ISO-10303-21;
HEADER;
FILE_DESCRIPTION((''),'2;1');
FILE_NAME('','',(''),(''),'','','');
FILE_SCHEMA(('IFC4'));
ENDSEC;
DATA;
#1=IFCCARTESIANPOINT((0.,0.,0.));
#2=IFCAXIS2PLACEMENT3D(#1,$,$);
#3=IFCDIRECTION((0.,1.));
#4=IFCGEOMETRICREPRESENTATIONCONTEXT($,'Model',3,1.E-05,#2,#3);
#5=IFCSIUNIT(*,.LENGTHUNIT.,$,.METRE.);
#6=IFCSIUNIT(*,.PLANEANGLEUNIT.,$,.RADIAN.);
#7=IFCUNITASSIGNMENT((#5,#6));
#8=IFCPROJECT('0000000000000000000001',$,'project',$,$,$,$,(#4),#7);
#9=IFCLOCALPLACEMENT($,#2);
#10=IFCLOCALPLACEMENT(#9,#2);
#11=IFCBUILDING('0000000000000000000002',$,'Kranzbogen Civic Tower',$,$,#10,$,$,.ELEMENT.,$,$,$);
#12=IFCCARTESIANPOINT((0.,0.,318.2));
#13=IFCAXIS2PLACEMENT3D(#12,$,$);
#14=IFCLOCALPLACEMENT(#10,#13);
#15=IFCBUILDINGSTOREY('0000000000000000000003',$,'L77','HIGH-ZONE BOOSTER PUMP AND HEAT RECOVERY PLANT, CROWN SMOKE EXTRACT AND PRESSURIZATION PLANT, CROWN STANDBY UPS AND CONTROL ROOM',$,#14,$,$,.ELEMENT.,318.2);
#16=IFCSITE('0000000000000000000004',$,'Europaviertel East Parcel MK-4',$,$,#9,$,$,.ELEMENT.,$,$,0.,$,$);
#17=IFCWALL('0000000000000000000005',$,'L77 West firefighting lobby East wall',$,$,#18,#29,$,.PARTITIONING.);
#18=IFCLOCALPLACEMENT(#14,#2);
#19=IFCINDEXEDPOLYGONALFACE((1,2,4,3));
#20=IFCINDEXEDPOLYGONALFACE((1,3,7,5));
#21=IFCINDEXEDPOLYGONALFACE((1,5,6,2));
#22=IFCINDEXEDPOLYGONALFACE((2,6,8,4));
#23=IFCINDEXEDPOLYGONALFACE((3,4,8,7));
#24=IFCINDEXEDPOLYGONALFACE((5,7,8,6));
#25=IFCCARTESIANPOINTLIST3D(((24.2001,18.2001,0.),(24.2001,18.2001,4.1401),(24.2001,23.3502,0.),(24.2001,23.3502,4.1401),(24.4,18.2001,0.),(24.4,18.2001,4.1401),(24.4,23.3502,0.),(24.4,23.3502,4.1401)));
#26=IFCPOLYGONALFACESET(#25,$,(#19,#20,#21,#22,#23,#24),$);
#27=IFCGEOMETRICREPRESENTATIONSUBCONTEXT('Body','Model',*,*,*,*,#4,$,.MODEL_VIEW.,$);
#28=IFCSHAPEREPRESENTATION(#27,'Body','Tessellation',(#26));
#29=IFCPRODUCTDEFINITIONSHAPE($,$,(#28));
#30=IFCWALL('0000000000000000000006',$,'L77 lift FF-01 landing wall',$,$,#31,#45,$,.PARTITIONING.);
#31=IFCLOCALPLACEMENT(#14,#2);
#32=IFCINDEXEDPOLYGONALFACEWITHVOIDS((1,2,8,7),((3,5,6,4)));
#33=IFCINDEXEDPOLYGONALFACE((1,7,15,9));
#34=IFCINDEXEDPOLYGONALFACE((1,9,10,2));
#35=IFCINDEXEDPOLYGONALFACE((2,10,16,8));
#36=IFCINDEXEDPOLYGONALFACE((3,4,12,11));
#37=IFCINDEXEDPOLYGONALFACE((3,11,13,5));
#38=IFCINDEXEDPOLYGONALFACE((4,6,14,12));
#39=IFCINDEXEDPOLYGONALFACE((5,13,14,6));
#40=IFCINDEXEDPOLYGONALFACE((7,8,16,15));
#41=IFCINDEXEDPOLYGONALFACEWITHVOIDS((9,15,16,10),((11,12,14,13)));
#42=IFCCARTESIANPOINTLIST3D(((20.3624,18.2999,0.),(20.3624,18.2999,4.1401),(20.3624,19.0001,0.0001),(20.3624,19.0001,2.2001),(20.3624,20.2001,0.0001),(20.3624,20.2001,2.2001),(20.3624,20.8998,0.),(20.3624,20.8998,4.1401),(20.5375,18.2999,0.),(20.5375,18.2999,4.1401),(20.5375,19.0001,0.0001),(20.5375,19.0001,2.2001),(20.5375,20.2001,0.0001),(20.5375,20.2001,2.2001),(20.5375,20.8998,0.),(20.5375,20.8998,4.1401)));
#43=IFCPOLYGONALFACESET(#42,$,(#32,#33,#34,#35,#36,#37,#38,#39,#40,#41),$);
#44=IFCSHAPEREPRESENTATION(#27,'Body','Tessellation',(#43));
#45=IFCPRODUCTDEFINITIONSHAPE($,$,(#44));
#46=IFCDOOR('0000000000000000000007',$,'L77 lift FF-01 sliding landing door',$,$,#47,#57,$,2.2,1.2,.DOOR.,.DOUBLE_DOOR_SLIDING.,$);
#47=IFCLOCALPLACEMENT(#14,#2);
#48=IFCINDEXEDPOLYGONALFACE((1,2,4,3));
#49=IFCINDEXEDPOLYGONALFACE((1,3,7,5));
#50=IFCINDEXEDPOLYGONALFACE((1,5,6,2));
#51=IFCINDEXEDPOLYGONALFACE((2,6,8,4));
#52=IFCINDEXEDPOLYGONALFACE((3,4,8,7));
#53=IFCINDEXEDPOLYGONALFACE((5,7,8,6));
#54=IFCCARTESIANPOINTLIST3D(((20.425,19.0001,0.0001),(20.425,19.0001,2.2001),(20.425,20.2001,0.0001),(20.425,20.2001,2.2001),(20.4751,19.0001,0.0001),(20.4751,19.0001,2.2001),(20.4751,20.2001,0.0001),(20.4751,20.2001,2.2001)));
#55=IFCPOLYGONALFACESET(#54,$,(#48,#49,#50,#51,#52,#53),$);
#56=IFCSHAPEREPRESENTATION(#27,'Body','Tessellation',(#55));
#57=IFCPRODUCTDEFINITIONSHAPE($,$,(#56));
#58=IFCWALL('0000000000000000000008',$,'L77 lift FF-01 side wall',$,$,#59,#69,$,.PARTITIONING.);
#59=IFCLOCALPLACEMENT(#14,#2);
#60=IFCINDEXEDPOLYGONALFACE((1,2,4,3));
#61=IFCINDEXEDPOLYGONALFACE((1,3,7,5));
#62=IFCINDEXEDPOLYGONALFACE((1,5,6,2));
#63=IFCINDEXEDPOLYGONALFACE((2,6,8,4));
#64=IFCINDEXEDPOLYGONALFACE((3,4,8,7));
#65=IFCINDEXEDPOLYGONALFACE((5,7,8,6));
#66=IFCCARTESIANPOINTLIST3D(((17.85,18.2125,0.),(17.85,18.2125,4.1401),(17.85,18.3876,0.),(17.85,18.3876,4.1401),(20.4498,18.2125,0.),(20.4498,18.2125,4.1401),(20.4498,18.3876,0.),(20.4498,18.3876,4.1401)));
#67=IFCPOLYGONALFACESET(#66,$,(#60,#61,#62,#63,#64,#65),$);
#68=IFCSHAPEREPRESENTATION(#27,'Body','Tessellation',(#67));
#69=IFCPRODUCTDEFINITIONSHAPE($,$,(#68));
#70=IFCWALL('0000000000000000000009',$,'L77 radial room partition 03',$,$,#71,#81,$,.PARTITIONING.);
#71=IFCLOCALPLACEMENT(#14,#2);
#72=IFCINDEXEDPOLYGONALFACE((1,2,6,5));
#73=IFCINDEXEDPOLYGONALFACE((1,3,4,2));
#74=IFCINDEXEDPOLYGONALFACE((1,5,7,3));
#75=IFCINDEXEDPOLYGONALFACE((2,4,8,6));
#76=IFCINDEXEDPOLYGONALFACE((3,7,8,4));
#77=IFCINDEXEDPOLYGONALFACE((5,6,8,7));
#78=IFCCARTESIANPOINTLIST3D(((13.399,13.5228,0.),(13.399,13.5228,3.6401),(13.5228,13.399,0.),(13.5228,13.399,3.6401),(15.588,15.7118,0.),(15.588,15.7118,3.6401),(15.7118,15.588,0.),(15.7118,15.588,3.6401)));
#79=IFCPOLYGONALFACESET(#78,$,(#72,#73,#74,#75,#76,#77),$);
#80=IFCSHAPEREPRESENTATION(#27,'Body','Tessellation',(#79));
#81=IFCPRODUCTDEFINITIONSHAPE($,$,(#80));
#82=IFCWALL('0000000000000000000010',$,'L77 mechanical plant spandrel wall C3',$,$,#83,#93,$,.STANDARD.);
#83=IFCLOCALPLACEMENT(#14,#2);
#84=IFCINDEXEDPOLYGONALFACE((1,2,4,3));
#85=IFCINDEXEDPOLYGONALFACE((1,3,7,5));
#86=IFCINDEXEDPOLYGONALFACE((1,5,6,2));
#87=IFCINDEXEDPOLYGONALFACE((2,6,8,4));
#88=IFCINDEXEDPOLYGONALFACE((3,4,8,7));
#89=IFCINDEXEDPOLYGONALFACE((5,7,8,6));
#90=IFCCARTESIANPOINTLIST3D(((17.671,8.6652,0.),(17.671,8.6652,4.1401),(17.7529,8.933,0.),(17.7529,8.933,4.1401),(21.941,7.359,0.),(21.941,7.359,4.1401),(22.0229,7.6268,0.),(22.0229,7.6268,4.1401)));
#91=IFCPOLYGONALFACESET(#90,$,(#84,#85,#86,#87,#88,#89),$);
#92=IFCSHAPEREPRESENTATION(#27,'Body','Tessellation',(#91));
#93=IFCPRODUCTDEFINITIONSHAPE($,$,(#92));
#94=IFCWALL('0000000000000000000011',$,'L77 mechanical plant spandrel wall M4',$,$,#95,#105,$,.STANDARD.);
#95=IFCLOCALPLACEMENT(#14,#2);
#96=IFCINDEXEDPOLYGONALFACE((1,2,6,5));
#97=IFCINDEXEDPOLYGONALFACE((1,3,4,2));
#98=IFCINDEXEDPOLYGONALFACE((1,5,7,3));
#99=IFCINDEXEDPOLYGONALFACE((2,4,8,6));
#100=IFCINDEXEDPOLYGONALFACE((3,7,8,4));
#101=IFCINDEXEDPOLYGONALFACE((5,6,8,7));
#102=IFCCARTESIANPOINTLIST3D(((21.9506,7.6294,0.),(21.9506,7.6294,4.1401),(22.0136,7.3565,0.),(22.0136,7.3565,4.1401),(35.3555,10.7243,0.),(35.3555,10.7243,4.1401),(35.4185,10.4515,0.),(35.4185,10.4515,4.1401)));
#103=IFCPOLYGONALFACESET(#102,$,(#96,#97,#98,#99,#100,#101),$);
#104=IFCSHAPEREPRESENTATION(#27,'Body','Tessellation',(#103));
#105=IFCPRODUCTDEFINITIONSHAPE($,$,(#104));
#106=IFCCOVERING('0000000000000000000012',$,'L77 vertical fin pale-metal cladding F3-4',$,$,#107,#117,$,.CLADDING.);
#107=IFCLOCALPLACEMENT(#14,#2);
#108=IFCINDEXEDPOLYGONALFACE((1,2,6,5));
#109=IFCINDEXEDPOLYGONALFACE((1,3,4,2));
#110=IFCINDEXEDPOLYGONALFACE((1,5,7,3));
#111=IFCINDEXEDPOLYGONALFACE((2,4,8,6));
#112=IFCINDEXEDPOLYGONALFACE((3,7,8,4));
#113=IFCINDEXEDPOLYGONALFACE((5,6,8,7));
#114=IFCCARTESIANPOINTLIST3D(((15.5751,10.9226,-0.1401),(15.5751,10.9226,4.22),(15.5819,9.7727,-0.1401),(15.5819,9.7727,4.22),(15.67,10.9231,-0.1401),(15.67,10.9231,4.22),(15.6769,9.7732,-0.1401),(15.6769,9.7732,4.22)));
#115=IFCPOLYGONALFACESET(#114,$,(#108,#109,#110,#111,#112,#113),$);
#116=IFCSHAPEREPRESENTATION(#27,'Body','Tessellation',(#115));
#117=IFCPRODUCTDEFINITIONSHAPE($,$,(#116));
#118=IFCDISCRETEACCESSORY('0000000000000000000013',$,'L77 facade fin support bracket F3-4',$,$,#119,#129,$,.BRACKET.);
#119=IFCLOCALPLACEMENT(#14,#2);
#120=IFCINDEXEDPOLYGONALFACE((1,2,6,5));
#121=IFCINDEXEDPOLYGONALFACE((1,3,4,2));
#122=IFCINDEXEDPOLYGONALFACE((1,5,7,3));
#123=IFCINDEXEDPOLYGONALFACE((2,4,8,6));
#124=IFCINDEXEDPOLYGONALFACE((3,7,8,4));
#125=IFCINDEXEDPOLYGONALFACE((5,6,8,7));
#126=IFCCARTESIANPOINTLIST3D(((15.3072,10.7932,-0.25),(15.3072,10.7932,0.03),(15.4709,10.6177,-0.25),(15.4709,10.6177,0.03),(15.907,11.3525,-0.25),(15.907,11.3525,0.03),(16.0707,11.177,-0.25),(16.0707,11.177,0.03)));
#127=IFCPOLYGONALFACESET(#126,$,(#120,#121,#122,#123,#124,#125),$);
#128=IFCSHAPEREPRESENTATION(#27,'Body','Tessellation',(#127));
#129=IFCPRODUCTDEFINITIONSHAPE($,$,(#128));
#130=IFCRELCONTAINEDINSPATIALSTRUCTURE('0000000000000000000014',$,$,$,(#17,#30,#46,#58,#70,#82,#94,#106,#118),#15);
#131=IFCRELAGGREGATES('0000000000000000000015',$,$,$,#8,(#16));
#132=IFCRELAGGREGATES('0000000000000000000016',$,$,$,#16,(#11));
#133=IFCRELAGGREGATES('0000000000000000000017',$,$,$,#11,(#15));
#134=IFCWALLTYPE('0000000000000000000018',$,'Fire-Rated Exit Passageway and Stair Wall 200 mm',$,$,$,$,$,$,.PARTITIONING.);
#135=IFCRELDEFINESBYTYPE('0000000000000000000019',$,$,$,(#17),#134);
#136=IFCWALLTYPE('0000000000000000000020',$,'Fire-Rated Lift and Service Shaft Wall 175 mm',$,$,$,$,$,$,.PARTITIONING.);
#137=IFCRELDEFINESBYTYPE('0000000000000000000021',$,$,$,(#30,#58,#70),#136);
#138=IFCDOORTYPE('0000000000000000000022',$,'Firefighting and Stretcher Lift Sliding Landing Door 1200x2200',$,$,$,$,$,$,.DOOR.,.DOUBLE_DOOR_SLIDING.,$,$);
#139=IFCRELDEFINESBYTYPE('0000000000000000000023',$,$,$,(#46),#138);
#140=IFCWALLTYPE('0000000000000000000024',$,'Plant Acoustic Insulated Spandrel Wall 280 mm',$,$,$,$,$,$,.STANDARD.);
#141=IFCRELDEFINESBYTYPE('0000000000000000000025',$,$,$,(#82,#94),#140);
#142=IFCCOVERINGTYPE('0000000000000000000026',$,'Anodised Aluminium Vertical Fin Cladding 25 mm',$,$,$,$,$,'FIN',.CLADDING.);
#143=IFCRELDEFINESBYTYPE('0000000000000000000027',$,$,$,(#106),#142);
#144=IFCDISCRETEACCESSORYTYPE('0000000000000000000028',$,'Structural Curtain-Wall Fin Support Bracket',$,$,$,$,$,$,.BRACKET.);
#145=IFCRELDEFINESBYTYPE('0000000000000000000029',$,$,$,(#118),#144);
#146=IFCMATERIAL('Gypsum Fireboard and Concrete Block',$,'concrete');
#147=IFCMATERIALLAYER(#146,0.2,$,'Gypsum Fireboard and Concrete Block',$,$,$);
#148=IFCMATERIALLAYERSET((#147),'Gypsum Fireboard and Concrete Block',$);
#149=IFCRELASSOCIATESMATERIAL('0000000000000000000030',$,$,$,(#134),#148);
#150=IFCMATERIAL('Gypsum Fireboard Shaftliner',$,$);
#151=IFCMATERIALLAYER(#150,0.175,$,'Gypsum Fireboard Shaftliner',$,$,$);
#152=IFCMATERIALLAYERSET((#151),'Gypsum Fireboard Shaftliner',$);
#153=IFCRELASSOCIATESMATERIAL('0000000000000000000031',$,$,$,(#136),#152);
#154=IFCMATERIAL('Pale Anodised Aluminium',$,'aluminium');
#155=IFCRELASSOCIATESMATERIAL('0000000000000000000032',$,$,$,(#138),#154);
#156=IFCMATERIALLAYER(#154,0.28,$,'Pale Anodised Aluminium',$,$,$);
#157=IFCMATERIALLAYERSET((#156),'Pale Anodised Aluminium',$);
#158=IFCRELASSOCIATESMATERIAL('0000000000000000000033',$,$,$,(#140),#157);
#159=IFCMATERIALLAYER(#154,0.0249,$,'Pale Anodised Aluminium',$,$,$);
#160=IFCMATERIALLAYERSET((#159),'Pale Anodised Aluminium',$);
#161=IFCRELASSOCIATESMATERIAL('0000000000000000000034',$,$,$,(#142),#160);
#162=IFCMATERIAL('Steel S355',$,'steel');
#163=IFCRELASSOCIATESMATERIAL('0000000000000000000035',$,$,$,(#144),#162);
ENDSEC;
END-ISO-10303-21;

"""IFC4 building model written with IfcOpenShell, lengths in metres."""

from ifc_helpers import new_model, si_unit, direction, frame, frame_2d, origin, origin_2d, place, context, subcontext, project, spatial, rectangle, extrude, material, layer, layer_set, type_object, element, fill, save


model = new_model("IFC4")

# Units and contexts
model_context = context("Model", 3, precision=1e-05, world=origin(), true_north=direction((0.0, 1.0)))
body_context = subcontext(model_context, "Body", "Model", "MODEL_VIEW")
ifc_project = project(units=[si_unit("LENGTHUNIT", "METRE"), si_unit("PLANEANGLEUNIT", "RADIAN")], contexts=[model_context])

# Site, building, storey
site_placement = place(None, origin())
site = spatial("IfcSite", under=ifc_project, at=site_placement, Name="Europaviertel East Parcel MK-4", CompositionType="ELEMENT", RefElevation=0.0)
building_placement = place(site_placement, origin())
building = spatial("IfcBuilding", under=site, at=building_placement, Name="Kranzbogen Civic Tower", CompositionType="ELEMENT")
storey_placement = place(building_placement, frame((0.0, 0.0, 318.2)))
storey = spatial("IfcBuildingStorey", under=building, at=storey_placement, Name="L77", Description="HIGH-ZONE BOOSTER PUMP AND HEAT RECOVERY PLANT, CROWN SMOKE EXTRACT AND PRESSURIZATION PLANT, CROWN STANDBY UPS AND CONTROL ROOM", CompositionType="ELEMENT", Elevation=318.2)

# Shared definitions
ifc_material_1 = material(Name="Steel S355", Category="steel")

# Wall
ifc_material_2 = material(Name="Gypsum Fireboard and Concrete Block", Category="concrete")
ifc_layer_1 = layer(ifc_material_2, 0.2, Name="Gypsum Fireboard and Concrete Block")
ifc_layer_set_1 = layer_set([ifc_layer_1], Name="Gypsum Fireboard and Concrete Block")
wall_type_1 = type_object("IfcWallType", Name="Fire-Rated Exit Passageway and Stair Wall 200 mm", PredefinedType="PARTITIONING", material=ifc_layer_set_1)
wall_1_placement = place(storey_placement, frame((24.3, 18.2, 0.0), z_axis=(0.0, 0.0, 1.0), x_axis=(0.0, 1.0, 0.0)))
element("IfcWall", 1, at=wall_1_placement, inside=storey, type_object=wall_type_1, Name="L77 West firefighting lobby East wall", PredefinedType="PARTITIONING", context=body_context, shape_type="SweptSolid", body=[
    extrude(rectangle(XDim=5.1501, YDim=0.2, at=frame_2d((2.5752, 0.0))), origin(), (0.0, 0.0, 1.0), 4.1401),
])

# Wall, opening, door
ifc_material_3 = material(Name="Gypsum Fireboard Shaftliner")
ifc_layer_2 = layer(ifc_material_3, 0.175, Name="Gypsum Fireboard Shaftliner")
ifc_layer_set_2 = layer_set([ifc_layer_2], Name="Gypsum Fireboard Shaftliner")
wall_type_2 = type_object("IfcWallType", Name="Fire-Rated Lift and Service Shaft Wall 175 mm", PredefinedType="PARTITIONING", material=ifc_layer_set_2)
wall_2_placement = place(storey_placement, frame((20.45, 18.3, 0.0), z_axis=(0.0, 0.0, 1.0), x_axis=(0.0, 1.0, 0.0)))
wall_2 = element("IfcWall", 2, at=wall_2_placement, inside=storey, type_object=wall_type_2, Name="L77 lift FF-01 landing wall", PredefinedType="PARTITIONING", context=body_context, shape_type="SweptSolid", body=[
    extrude(rectangle(XDim=2.5999, YDim=0.175, at=frame_2d((1.2998, 0.0))), origin(), (0.0, 0.0, 1.0), 4.1401),
])
opening_1_placement = place(wall_2_placement, frame((0.7, 0.0, 0.0)))
opening_1 = element("IfcOpeningElement", 3, at=opening_1_placement, cuts=wall_2, PredefinedType="OPENING", context=body_context, shape_type="SweptSolid", body=[
    extrude(rectangle(XDim=1.2, YDim=2.2, at=frame_2d((0.6001, 1.1001))), frame((0.0, 0.0977, 0.0), z_axis=(0.0, -1.0, 0.0), x_axis=(1.0, 0.0, 0.0)), (0.0, 0.0, 1.0), 0.1951),
])
ifc_material_4 = material(Name="Pale Anodised Aluminium", Category="aluminium")
door_type_1 = type_object("IfcDoorType", Name="Firefighting and Stretcher Lift Sliding Landing Door 1200x2200", OperationType="DOUBLE_DOOR_SLIDING", PredefinedType="DOOR", material=ifc_material_4)
door_1_placement = place(opening_1_placement, origin())
door_1 = element("IfcDoor", 4, at=door_1_placement, inside=storey, type_object=door_type_1, Name="L77 lift FF-01 sliding landing door", OperationType="DOUBLE_DOOR_SLIDING", OverallHeight=2.2, OverallWidth=1.2, PredefinedType="DOOR", context=body_context, shape_type="SweptSolid", body=[
    extrude(rectangle(XDim=1.2, YDim=2.2, at=frame_2d((0.6001, 1.1001))), frame((0.0, 0.0249, 0.0), z_axis=(0.0, -1.0, 0.0), x_axis=(1.0, 0.0, 0.0)), (0.0, 0.0, 1.0), 0.05),
])
fill(opening_1, door_1)

# Walls
wall_3_placement = place(storey_placement, frame((17.8501, 18.3, 0.0), z_axis=(0.0, 0.0, 1.0), x_axis=(1.0, 0.0, 0.0)))
element("IfcWall", 5, at=wall_3_placement, inside=storey, type_object=wall_type_2, Name="L77 lift FF-01 side wall", PredefinedType="PARTITIONING", context=body_context, shape_type="SweptSolid", body=[
    extrude(rectangle(XDim=2.5999, YDim=0.175, at=frame_2d((1.2998, 0.0))), origin(), (0.0, 0.0, 1.0), 4.1401),
])
wall_4_placement = place(storey_placement, frame((15.6499, 15.6499, 0.0), z_axis=(0.0, 0.0, 1.0), x_axis=(-0.707107, -0.707107, 0.0)))
element("IfcWall", 6, at=wall_4_placement, inside=storey, type_object=wall_type_2, Name="L77 radial room partition 03", PredefinedType="PARTITIONING", context=body_context, shape_type="SweptSolid", body=[
    extrude(rectangle(XDim=3.0957, YDim=0.175, at=frame_2d((1.5479, 0.0))), origin(), (0.0, 0.0, 1.0), 3.6401),
])
ifc_layer_3 = layer(ifc_material_4, 0.28, Name="Pale Anodised Aluminium")
ifc_layer_set_3 = layer_set([ifc_layer_3], Name="Pale Anodised Aluminium")
wall_type_3 = type_object("IfcWallType", Name="Plant Acoustic Insulated Spandrel Wall 280 mm", PredefinedType="STANDARD", material=ifc_layer_set_3)
wall_5_placement = place(storey_placement, frame((17.7119, 8.7991, 0.0), z_axis=(0.0, 0.0, 1.0), x_axis=(0.956262, -0.29251, 0.0)))
element("IfcWall", 7, at=wall_5_placement, inside=storey, type_object=wall_type_3, Name="L77 mechanical plant spandrel wall C3", PredefinedType="STANDARD", context=body_context, shape_type="SweptSolid", body=[
    extrude(rectangle(XDim=4.4653, YDim=0.28, at=frame_2d((2.2327, 0.0))), origin(), (0.0, 0.0, 1.0), 4.1401),
])
wall_6_placement = place(storey_placement, frame((21.9819, 7.4929, 0.0), z_axis=(0.0, 0.0, 1.0), x_axis=(0.974367, 0.224963, 0.0)))
element("IfcWall", 8, at=wall_6_placement, inside=storey, type_object=wall_type_3, Name="L77 mechanical plant spandrel wall M4", PredefinedType="STANDARD", context=body_context, shape_type="SweptSolid", body=[
    extrude(rectangle(XDim=13.7576, YDim=0.28, at=frame_2d((6.8789, 0.0))), origin(), (0.0, 0.0, 1.0), 4.1401),
])

# Covering
ifc_layer_4 = layer(ifc_material_4, 0.0249, Name="Pale Anodised Aluminium")
ifc_layer_set_4 = layer_set([ifc_layer_4], Name="Pale Anodised Aluminium")
covering_type = type_object("IfcCoveringType", Name="Anodised Aluminium Vertical Fin Cladding 25 mm", ElementType="FIN", PredefinedType="CLADDING", material=ifc_layer_set_4)
covering_placement = place(storey_placement, frame((15.626, 10.3479, -0.1401), z_axis=(0.0, 0.0, 1.0), x_axis=(0.005969, -0.999982, 0.0)))
element("IfcCovering", 9, at=covering_placement, inside=storey, type_object=covering_type, Name="L77 vertical fin pale-metal cladding F3-4", PredefinedType="CLADDING", context=body_context, shape_type="SweptSolid", body=[
    extrude(rectangle(XDim=1.1499, YDim=0.095, at=origin_2d()), origin(), (0.0, 0.0, 1.0), 4.3601),
])

# Discrete accessory
discrete_accessory_type = type_object("IfcDiscreteAccessoryType", Name="Structural Curtain-Wall Fin Support Bracket", PredefinedType="BRACKET", material=ifc_material_1)
discrete_accessory_placement = place(storey_placement, frame((15.689, 10.9851, -0.25), z_axis=(0.0, 0.0, 1.0), x_axis=(-0.731354, -0.681998, 0.0)))
element("IfcDiscreteAccessory", 10, at=discrete_accessory_placement, inside=storey, type_object=discrete_accessory_type, Name="L77 facade fin support bracket F3-4", PredefinedType="BRACKET", context=body_context, shape_type="SweptSolid", body=[
    extrude(rectangle(XDim=0.8201, YDim=0.24, at=origin_2d()), origin(), (0.0, 0.0, 1.0), 0.28),
])

save(model, "model.ifc")
